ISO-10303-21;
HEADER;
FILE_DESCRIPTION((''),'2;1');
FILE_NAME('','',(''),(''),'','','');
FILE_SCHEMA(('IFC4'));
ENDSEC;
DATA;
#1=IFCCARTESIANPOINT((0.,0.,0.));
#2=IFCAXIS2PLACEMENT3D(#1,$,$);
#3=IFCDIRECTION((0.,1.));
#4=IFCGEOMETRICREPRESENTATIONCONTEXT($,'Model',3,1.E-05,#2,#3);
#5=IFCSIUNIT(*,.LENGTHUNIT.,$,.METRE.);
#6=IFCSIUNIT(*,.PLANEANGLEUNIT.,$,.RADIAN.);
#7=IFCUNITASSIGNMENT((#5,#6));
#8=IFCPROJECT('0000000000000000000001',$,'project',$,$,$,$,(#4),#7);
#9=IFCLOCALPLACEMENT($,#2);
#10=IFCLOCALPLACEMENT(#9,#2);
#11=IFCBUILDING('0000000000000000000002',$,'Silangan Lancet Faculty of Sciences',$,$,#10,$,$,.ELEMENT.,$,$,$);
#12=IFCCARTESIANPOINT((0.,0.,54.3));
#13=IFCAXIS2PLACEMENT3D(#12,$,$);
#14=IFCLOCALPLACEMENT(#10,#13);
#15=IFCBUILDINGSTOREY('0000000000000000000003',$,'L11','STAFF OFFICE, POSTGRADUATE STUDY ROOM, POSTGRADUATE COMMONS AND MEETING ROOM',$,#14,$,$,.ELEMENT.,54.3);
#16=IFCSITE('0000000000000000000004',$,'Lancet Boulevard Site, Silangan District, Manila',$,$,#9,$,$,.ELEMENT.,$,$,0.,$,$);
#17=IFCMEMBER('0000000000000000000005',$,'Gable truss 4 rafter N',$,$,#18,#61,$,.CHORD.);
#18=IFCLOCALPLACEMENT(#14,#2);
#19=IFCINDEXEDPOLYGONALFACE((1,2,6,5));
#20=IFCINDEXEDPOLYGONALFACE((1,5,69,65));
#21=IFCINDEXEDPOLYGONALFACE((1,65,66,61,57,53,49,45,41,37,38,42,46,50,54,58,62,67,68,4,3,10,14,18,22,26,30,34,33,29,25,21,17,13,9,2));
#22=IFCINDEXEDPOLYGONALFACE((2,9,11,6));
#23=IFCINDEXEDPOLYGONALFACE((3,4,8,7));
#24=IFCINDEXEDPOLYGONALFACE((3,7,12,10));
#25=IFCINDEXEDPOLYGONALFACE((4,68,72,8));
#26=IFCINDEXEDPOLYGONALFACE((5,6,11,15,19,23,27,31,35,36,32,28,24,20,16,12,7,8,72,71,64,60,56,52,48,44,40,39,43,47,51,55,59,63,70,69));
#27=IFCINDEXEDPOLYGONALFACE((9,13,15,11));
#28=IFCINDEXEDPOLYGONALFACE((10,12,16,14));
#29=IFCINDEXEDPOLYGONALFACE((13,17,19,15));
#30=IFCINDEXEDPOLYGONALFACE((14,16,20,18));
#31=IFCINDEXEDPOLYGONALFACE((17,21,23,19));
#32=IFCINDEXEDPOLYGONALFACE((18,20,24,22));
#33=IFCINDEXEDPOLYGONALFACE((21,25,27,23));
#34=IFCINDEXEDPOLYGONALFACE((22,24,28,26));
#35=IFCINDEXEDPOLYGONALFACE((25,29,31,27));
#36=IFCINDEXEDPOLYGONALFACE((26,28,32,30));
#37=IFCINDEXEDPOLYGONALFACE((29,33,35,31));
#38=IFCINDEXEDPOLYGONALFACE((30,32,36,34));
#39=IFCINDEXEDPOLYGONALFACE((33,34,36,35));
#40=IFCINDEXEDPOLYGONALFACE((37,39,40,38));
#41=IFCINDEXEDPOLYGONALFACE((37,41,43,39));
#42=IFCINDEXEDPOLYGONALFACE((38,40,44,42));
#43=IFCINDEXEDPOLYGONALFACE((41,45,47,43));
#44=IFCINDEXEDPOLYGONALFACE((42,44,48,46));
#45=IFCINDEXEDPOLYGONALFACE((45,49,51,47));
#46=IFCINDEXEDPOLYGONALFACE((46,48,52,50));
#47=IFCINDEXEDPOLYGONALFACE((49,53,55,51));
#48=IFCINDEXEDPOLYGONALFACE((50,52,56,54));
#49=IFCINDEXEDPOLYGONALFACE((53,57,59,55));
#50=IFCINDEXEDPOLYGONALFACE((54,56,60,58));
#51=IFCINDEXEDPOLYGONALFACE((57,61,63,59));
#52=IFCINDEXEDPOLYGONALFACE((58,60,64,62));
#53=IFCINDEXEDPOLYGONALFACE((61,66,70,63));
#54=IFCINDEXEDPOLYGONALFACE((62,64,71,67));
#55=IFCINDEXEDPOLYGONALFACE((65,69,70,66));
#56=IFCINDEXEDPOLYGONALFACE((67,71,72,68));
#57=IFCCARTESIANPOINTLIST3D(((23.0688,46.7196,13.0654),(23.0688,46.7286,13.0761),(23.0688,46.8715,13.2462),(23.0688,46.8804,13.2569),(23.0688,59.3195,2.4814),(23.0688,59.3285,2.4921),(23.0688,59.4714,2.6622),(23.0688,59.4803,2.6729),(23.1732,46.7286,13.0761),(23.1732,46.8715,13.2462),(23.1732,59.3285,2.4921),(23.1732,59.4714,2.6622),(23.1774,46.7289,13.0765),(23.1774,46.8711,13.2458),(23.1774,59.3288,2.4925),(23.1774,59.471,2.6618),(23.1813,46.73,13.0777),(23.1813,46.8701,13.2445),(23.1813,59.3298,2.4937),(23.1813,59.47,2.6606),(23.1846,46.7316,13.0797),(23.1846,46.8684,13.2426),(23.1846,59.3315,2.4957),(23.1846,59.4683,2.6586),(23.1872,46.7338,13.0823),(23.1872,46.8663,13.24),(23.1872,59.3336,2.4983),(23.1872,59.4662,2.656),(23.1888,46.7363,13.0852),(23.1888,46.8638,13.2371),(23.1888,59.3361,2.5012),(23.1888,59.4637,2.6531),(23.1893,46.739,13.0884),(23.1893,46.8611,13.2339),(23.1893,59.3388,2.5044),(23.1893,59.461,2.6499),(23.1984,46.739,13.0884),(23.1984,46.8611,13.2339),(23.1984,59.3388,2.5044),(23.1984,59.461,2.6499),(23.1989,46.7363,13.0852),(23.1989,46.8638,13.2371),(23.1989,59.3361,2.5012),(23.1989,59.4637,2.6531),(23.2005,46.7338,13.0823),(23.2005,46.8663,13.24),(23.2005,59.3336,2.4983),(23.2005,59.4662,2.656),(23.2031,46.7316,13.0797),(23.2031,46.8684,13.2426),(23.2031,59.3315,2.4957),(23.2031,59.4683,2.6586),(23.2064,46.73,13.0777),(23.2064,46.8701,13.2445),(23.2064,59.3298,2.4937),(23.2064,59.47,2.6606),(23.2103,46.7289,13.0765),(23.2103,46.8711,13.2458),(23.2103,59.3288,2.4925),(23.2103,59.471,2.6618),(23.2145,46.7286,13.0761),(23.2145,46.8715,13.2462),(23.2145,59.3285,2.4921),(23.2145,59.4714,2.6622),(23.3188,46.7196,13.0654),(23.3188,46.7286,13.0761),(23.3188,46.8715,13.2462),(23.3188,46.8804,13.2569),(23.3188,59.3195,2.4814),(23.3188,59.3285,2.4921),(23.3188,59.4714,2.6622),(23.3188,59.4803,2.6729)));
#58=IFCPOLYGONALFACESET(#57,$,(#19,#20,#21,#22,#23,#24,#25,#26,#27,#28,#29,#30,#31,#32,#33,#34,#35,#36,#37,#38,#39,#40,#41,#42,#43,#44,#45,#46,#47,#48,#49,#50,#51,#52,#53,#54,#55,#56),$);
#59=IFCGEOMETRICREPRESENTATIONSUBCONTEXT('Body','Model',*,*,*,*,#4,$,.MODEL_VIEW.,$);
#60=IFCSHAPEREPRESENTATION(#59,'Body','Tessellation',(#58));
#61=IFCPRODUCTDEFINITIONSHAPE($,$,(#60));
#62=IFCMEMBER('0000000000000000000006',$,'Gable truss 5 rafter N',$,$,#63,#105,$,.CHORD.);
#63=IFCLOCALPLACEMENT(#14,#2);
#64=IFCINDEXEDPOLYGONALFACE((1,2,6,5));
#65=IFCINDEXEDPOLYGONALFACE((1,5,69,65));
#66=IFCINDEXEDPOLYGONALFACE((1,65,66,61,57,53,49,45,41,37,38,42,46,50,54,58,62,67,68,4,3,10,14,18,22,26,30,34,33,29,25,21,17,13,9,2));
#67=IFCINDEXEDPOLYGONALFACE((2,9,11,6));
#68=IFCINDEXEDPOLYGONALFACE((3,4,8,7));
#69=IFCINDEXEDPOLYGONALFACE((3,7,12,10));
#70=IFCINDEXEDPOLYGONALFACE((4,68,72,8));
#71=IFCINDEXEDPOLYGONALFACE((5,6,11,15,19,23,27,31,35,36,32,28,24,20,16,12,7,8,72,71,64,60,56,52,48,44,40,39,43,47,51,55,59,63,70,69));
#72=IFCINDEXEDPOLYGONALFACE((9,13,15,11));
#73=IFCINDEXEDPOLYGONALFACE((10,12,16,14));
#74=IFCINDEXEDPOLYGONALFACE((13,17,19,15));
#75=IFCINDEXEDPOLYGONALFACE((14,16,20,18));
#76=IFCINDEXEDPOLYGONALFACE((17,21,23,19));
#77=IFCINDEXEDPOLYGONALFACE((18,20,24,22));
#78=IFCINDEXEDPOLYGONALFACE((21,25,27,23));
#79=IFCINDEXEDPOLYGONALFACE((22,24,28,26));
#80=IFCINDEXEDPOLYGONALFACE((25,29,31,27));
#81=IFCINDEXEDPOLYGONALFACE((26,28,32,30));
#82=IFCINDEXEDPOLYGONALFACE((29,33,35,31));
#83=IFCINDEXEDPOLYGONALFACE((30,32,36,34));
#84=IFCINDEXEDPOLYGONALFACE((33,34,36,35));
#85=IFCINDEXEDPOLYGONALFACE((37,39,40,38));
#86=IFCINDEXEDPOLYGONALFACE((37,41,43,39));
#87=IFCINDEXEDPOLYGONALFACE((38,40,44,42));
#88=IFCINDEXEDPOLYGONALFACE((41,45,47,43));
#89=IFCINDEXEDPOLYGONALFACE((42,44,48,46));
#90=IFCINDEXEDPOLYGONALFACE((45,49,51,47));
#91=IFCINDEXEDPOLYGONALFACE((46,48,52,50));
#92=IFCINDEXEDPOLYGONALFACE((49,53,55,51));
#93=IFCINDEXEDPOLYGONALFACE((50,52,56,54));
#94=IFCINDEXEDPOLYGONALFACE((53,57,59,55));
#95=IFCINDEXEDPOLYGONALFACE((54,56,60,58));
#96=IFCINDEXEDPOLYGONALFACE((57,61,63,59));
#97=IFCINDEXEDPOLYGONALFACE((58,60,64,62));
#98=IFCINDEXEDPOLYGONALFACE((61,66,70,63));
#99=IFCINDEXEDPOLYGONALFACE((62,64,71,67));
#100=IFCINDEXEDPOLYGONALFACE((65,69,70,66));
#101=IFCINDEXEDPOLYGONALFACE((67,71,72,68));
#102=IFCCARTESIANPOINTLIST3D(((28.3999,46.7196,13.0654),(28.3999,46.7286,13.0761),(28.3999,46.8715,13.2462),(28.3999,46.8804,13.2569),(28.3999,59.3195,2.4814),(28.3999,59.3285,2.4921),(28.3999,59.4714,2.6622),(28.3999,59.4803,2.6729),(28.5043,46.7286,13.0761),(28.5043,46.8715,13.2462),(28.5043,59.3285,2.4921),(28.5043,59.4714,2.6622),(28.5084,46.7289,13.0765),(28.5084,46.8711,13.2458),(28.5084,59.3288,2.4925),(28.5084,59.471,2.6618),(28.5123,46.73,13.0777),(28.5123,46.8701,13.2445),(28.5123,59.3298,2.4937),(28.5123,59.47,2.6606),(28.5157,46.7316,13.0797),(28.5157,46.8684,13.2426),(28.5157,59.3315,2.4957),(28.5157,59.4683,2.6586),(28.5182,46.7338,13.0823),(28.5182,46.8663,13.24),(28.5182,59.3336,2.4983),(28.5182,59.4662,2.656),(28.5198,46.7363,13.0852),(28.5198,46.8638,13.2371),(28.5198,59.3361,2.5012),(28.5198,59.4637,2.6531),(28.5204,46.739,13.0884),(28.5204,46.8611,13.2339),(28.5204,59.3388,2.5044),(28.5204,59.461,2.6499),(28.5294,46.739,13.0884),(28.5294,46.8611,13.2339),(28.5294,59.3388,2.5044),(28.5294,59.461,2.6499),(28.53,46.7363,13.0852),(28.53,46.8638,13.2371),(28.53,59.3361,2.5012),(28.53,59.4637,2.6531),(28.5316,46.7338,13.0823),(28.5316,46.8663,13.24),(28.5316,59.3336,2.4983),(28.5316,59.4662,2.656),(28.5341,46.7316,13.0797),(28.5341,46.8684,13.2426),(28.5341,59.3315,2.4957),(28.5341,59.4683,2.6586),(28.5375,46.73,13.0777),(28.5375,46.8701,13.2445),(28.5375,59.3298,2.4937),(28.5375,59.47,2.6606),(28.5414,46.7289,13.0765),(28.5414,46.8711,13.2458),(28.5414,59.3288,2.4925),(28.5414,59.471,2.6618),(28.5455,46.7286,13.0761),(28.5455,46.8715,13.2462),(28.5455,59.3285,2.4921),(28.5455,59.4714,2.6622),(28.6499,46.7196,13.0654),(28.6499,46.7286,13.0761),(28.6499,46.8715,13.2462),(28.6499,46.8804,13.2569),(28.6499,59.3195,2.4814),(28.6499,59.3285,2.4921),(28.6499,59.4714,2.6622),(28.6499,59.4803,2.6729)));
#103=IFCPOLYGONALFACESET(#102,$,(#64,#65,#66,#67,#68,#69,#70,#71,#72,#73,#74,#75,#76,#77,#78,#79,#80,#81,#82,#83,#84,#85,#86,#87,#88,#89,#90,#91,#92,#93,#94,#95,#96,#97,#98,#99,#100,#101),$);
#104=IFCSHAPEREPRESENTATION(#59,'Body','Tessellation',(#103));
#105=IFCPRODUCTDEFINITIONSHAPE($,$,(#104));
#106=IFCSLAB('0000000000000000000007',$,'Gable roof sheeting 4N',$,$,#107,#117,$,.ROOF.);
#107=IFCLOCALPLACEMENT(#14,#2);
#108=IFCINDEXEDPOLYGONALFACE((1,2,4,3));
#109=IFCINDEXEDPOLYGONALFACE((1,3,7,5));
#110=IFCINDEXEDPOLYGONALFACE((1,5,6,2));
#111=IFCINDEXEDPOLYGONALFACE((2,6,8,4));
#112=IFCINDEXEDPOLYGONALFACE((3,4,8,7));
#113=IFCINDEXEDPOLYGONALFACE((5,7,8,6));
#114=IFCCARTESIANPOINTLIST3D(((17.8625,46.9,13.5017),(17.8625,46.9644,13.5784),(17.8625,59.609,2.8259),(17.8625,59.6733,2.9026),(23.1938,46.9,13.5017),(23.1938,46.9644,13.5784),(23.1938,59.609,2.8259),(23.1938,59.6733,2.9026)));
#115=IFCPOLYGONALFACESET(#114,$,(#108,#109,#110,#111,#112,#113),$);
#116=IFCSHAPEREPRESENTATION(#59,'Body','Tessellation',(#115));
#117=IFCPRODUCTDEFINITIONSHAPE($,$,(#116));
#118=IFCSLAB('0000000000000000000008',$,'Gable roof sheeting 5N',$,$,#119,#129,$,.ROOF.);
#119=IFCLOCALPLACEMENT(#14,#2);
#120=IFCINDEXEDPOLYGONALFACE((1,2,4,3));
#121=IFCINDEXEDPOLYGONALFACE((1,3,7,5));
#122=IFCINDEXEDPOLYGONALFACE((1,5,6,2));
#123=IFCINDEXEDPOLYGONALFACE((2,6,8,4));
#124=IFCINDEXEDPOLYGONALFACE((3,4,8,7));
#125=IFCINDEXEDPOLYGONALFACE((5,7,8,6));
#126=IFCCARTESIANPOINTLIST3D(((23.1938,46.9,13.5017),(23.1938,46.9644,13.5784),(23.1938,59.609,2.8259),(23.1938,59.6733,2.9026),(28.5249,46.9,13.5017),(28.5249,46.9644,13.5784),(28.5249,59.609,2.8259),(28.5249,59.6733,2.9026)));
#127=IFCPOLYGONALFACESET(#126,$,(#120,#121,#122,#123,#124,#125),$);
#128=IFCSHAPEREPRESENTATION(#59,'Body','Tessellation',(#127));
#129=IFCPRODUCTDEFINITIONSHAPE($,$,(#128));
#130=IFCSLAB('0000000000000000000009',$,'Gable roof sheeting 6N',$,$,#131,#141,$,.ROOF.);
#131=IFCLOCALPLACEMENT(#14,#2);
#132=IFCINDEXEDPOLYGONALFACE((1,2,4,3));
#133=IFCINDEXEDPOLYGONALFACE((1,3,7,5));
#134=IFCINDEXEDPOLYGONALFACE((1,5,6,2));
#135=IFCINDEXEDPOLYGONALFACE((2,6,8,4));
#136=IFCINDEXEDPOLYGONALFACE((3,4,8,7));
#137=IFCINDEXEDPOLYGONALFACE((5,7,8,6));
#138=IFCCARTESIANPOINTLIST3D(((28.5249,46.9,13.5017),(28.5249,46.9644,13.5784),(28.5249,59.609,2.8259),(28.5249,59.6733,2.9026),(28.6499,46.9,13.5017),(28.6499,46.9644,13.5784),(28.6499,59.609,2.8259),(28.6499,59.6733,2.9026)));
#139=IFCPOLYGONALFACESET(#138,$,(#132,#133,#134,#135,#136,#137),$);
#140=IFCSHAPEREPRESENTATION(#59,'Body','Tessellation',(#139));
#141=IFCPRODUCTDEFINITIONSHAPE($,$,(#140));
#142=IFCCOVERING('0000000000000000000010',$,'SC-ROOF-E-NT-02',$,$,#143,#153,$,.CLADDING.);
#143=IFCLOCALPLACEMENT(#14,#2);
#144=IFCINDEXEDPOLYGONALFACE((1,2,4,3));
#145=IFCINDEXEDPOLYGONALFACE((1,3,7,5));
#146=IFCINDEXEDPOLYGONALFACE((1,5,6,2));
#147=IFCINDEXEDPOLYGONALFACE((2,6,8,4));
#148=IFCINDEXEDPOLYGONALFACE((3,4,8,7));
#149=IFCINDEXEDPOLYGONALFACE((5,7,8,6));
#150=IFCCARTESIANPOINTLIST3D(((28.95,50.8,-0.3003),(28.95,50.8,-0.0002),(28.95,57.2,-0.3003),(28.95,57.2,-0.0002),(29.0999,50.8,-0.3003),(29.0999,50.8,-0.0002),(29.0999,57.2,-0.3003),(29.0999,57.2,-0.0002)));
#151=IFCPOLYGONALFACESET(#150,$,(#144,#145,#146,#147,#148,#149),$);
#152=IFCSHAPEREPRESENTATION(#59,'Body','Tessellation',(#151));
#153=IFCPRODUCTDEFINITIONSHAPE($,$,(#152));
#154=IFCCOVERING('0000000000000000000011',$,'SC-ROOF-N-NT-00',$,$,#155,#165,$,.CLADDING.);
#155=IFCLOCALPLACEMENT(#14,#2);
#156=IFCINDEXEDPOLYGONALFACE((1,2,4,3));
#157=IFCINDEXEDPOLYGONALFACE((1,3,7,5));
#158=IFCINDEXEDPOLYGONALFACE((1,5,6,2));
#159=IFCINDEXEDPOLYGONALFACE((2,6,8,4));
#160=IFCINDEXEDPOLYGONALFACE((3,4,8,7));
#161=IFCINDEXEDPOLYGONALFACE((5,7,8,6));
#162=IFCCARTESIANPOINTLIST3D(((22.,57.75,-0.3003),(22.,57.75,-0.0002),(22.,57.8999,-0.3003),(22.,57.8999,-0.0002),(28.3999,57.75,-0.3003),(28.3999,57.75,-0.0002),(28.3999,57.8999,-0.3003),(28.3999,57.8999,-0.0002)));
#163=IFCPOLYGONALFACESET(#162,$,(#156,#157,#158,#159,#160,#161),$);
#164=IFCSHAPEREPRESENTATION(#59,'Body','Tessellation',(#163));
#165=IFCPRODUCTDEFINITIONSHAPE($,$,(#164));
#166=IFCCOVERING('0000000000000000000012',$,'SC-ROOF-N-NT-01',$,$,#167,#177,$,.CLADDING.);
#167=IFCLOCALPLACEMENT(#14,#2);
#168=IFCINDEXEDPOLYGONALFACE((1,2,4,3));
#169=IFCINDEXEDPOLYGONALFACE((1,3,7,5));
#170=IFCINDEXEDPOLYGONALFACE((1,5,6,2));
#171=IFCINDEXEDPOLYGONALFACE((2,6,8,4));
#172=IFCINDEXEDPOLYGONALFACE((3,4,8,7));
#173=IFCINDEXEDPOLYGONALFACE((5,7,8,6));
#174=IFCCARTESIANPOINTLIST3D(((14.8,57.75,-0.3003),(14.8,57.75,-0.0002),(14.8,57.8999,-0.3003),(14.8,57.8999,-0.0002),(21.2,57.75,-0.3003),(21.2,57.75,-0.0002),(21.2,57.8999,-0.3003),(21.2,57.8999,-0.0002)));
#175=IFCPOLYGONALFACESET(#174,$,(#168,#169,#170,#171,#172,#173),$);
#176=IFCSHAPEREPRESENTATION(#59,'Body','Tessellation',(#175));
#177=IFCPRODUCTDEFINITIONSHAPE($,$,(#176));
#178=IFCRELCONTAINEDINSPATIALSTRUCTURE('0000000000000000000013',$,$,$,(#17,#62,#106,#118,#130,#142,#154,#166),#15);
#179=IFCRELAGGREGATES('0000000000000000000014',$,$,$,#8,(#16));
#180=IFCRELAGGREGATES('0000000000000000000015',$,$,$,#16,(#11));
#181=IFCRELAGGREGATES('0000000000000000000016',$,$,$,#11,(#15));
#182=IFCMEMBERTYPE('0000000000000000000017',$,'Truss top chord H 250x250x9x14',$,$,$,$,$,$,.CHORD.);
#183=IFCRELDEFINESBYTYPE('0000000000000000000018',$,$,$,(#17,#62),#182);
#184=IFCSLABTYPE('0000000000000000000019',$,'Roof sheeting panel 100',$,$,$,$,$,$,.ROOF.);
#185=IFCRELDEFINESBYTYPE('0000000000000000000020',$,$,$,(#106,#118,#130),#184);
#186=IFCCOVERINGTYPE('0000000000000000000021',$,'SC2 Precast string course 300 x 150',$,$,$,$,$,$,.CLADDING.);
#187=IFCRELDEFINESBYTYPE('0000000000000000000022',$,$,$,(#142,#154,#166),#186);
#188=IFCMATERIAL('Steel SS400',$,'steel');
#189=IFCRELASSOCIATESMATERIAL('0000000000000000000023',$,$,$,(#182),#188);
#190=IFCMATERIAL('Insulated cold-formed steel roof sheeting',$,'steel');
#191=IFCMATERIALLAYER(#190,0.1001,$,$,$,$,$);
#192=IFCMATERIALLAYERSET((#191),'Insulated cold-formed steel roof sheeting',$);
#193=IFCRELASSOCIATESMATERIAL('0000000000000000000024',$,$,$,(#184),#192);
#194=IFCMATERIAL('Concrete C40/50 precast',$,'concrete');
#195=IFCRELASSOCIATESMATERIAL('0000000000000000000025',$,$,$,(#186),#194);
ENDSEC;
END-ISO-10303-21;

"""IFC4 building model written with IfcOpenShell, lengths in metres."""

from ifc_helpers import new_model, si_unit, direction, frame, origin, origin_2d, place, context, subcontext, project, spatial, polyline, rectangle, i_section, outline, extrude, material, layer, layer_set, material_profile, profile_set, type_object, element, save


model = new_model("IFC4")

# Units and contexts
model_context = context("Model", 3, precision=1e-05, world=origin(), true_north=direction((0.0, 1.0)))
body_context = subcontext(model_context, "Body", "Model", "MODEL_VIEW")
ifc_project = project(units=[si_unit("LENGTHUNIT", "METRE"), si_unit("PLANEANGLEUNIT", "RADIAN")], contexts=[model_context])

# Site, building, storey
site_placement = place(None, origin())
site = spatial("IfcSite", under=ifc_project, at=site_placement, Name="Lancet Boulevard Site, Silangan District, Manila", CompositionType="ELEMENT", RefElevation=0.0)
building_placement = place(site_placement, origin())
building = spatial("IfcBuilding", under=site, at=building_placement, Name="Silangan Lancet Faculty of Sciences", CompositionType="ELEMENT")
storey_placement = place(building_placement, frame((0.0, 0.0, 54.3)))
storey = spatial("IfcBuildingStorey", under=building, at=storey_placement, Name="L11", Description="STAFF OFFICE, POSTGRADUATE STUDY ROOM, POSTGRADUATE COMMONS AND MEETING ROOM", CompositionType="ELEMENT", Elevation=54.3)

# Members
ifc_material_1 = material(Name="Steel SS400", Category="steel")
ifc_material_profile_1 = material_profile(ifc_material_1, i_section(OverallWidth=0.25, OverallDepth=0.25, WebThickness=0.009, FlangeThickness=0.0139, FilletRadius=0.0161, at=origin_2d()), Name="H 250x250x9x14")
ifc_profile_set_1 = profile_set([ifc_material_profile_1], Name="Steel SS400")
member_type_1 = type_object("IfcMemberType", Name="Truss top chord H 250x250x9x14", PredefinedType="CHORD", material=ifc_profile_set_1)
for number, where, z_axis, x_axis, name in (
    (1, (23.1938, 59.3999, 2.5771), (0.0, -0.765702, 0.643196), (1.0, 0.0, 0.0), "Gable truss 4 rafter N"),
    (2, (28.5249, 59.3999, 2.5771), (0.0, -0.765702, 0.643196), (1.0, 0.0, 0.0), "Gable truss 5 rafter N"),
):
    element("IfcMember", number, at=place(storey_placement, frame(where, z_axis=z_axis, x_axis=x_axis)), inside=storey, type_object=member_type_1, Name=name, PredefinedType="CHORD", context=body_context, shape_type="SweptSolid", body=[
        extrude(i_section(OverallWidth=0.25, OverallDepth=0.25, WebThickness=0.009, FlangeThickness=0.0139, FilletRadius=0.0161, at=origin_2d()), origin(), (0.0, 0.0, 1.0), 16.4553),
    ])

# Slabs
ifc_material_2 = material(Name="Insulated cold-formed steel roof sheeting", Category="steel")
ifc_layer = layer(ifc_material_2, 0.1001)
ifc_layer_set = layer_set([ifc_layer], Name="Insulated cold-formed steel roof sheeting")
slab_type = type_object("IfcSlabType", Name="Roof sheeting panel 100", PredefinedType="ROOF", material=ifc_layer_set)
slab_1_placement = place(storey_placement, frame((17.8625, 46.9644, 13.5784), z_axis=(0.0, 0.6432, 0.765698), x_axis=(1.0, 0.0, 0.0)))
element("IfcSlab", 3, at=slab_1_placement, inside=storey, type_object=slab_type, Name="Gable roof sheeting 4N", PredefinedType="ROOF", context=body_context, shape_type="SweptSolid", body=[
    extrude(outline(polyline([(0.0, 0.0), (5.3313, 0.0), (5.3313, 16.5979), (0.0, 16.5979), (0.0, 0.0)])), origin(), (0.0, 0.0, -1.0), 0.1001),
])
slab_2_placement = place(storey_placement, frame((23.1938, 46.9644, 13.5784), z_axis=(0.0, 0.6432, 0.765698), x_axis=(1.0, 0.0, 0.0)))
element("IfcSlab", 4, at=slab_2_placement, inside=storey, type_object=slab_type, Name="Gable roof sheeting 5N", PredefinedType="ROOF", context=body_context, shape_type="SweptSolid", body=[
    extrude(outline(polyline([(0.0, 0.0), (5.3311, 0.0), (5.3311, 16.5979), (0.0, 16.5979), (0.0, 0.0)])), origin(), (0.0, 0.0, -1.0), 0.1001),
])
slab_3_placement = place(storey_placement, frame((28.5249, 46.9644, 13.5784), z_axis=(0.0, 0.6432, 0.765698), x_axis=(1.0, 0.0, 0.0)))
element("IfcSlab", 5, at=slab_3_placement, inside=storey, type_object=slab_type, Name="Gable roof sheeting 6N", PredefinedType="ROOF", context=body_context, shape_type="SweptSolid", body=[
    extrude(outline(polyline([(0.0, 0.0), (0.125, 0.0), (0.125, 16.5979), (0.0, 16.5979), (0.0, 0.0)])), origin(), (0.0, 0.0, -1.0), 0.1001),
])

# Coverings
ifc_material_3 = material(Name="Concrete C40/50 precast", Category="concrete")
covering_type = type_object("IfcCoveringType", Name="SC2 Precast string course 300 x 150", PredefinedType="CLADDING", material=ifc_material_3)
covering_placement = place(storey_placement, frame((29.0249, 54.0, -0.3003), z_axis=(0.0, 0.0, 1.0), x_axis=(1.0, 0.0, 0.0)))
element("IfcCovering", 6, at=covering_placement, inside=storey, type_object=covering_type, Name="SC-ROOF-E-NT-02", PredefinedType="CLADDING", context=body_context, shape_type="SweptSolid", body=[
    extrude(rectangle(XDim=0.1499, YDim=6.3999, at=origin_2d()), origin(), (0.0, 0.0, 1.0), 0.3),
])
for number, where, z_axis, x_axis, name in (
    (7, (25.2, 57.825, -0.3003), (0.0, 0.0, 1.0), (1.0, 0.0, 0.0), "SC-ROOF-N-NT-00"),
    (8, (18.0, 57.825, -0.3003), (0.0, 0.0, 1.0), (1.0, 0.0, 0.0), "SC-ROOF-N-NT-01"),
):
    element("IfcCovering", number, at=place(storey_placement, frame(where, z_axis=z_axis, x_axis=x_axis)), inside=storey, type_object=covering_type, Name=name, PredefinedType="CLADDING", context=body_context, shape_type="SweptSolid", body=[
        extrude(rectangle(XDim=6.3999, YDim=0.1499, at=origin_2d()), origin(), (0.0, 0.0, 1.0), 0.3),
    ])

save(model, "model.ifc")
